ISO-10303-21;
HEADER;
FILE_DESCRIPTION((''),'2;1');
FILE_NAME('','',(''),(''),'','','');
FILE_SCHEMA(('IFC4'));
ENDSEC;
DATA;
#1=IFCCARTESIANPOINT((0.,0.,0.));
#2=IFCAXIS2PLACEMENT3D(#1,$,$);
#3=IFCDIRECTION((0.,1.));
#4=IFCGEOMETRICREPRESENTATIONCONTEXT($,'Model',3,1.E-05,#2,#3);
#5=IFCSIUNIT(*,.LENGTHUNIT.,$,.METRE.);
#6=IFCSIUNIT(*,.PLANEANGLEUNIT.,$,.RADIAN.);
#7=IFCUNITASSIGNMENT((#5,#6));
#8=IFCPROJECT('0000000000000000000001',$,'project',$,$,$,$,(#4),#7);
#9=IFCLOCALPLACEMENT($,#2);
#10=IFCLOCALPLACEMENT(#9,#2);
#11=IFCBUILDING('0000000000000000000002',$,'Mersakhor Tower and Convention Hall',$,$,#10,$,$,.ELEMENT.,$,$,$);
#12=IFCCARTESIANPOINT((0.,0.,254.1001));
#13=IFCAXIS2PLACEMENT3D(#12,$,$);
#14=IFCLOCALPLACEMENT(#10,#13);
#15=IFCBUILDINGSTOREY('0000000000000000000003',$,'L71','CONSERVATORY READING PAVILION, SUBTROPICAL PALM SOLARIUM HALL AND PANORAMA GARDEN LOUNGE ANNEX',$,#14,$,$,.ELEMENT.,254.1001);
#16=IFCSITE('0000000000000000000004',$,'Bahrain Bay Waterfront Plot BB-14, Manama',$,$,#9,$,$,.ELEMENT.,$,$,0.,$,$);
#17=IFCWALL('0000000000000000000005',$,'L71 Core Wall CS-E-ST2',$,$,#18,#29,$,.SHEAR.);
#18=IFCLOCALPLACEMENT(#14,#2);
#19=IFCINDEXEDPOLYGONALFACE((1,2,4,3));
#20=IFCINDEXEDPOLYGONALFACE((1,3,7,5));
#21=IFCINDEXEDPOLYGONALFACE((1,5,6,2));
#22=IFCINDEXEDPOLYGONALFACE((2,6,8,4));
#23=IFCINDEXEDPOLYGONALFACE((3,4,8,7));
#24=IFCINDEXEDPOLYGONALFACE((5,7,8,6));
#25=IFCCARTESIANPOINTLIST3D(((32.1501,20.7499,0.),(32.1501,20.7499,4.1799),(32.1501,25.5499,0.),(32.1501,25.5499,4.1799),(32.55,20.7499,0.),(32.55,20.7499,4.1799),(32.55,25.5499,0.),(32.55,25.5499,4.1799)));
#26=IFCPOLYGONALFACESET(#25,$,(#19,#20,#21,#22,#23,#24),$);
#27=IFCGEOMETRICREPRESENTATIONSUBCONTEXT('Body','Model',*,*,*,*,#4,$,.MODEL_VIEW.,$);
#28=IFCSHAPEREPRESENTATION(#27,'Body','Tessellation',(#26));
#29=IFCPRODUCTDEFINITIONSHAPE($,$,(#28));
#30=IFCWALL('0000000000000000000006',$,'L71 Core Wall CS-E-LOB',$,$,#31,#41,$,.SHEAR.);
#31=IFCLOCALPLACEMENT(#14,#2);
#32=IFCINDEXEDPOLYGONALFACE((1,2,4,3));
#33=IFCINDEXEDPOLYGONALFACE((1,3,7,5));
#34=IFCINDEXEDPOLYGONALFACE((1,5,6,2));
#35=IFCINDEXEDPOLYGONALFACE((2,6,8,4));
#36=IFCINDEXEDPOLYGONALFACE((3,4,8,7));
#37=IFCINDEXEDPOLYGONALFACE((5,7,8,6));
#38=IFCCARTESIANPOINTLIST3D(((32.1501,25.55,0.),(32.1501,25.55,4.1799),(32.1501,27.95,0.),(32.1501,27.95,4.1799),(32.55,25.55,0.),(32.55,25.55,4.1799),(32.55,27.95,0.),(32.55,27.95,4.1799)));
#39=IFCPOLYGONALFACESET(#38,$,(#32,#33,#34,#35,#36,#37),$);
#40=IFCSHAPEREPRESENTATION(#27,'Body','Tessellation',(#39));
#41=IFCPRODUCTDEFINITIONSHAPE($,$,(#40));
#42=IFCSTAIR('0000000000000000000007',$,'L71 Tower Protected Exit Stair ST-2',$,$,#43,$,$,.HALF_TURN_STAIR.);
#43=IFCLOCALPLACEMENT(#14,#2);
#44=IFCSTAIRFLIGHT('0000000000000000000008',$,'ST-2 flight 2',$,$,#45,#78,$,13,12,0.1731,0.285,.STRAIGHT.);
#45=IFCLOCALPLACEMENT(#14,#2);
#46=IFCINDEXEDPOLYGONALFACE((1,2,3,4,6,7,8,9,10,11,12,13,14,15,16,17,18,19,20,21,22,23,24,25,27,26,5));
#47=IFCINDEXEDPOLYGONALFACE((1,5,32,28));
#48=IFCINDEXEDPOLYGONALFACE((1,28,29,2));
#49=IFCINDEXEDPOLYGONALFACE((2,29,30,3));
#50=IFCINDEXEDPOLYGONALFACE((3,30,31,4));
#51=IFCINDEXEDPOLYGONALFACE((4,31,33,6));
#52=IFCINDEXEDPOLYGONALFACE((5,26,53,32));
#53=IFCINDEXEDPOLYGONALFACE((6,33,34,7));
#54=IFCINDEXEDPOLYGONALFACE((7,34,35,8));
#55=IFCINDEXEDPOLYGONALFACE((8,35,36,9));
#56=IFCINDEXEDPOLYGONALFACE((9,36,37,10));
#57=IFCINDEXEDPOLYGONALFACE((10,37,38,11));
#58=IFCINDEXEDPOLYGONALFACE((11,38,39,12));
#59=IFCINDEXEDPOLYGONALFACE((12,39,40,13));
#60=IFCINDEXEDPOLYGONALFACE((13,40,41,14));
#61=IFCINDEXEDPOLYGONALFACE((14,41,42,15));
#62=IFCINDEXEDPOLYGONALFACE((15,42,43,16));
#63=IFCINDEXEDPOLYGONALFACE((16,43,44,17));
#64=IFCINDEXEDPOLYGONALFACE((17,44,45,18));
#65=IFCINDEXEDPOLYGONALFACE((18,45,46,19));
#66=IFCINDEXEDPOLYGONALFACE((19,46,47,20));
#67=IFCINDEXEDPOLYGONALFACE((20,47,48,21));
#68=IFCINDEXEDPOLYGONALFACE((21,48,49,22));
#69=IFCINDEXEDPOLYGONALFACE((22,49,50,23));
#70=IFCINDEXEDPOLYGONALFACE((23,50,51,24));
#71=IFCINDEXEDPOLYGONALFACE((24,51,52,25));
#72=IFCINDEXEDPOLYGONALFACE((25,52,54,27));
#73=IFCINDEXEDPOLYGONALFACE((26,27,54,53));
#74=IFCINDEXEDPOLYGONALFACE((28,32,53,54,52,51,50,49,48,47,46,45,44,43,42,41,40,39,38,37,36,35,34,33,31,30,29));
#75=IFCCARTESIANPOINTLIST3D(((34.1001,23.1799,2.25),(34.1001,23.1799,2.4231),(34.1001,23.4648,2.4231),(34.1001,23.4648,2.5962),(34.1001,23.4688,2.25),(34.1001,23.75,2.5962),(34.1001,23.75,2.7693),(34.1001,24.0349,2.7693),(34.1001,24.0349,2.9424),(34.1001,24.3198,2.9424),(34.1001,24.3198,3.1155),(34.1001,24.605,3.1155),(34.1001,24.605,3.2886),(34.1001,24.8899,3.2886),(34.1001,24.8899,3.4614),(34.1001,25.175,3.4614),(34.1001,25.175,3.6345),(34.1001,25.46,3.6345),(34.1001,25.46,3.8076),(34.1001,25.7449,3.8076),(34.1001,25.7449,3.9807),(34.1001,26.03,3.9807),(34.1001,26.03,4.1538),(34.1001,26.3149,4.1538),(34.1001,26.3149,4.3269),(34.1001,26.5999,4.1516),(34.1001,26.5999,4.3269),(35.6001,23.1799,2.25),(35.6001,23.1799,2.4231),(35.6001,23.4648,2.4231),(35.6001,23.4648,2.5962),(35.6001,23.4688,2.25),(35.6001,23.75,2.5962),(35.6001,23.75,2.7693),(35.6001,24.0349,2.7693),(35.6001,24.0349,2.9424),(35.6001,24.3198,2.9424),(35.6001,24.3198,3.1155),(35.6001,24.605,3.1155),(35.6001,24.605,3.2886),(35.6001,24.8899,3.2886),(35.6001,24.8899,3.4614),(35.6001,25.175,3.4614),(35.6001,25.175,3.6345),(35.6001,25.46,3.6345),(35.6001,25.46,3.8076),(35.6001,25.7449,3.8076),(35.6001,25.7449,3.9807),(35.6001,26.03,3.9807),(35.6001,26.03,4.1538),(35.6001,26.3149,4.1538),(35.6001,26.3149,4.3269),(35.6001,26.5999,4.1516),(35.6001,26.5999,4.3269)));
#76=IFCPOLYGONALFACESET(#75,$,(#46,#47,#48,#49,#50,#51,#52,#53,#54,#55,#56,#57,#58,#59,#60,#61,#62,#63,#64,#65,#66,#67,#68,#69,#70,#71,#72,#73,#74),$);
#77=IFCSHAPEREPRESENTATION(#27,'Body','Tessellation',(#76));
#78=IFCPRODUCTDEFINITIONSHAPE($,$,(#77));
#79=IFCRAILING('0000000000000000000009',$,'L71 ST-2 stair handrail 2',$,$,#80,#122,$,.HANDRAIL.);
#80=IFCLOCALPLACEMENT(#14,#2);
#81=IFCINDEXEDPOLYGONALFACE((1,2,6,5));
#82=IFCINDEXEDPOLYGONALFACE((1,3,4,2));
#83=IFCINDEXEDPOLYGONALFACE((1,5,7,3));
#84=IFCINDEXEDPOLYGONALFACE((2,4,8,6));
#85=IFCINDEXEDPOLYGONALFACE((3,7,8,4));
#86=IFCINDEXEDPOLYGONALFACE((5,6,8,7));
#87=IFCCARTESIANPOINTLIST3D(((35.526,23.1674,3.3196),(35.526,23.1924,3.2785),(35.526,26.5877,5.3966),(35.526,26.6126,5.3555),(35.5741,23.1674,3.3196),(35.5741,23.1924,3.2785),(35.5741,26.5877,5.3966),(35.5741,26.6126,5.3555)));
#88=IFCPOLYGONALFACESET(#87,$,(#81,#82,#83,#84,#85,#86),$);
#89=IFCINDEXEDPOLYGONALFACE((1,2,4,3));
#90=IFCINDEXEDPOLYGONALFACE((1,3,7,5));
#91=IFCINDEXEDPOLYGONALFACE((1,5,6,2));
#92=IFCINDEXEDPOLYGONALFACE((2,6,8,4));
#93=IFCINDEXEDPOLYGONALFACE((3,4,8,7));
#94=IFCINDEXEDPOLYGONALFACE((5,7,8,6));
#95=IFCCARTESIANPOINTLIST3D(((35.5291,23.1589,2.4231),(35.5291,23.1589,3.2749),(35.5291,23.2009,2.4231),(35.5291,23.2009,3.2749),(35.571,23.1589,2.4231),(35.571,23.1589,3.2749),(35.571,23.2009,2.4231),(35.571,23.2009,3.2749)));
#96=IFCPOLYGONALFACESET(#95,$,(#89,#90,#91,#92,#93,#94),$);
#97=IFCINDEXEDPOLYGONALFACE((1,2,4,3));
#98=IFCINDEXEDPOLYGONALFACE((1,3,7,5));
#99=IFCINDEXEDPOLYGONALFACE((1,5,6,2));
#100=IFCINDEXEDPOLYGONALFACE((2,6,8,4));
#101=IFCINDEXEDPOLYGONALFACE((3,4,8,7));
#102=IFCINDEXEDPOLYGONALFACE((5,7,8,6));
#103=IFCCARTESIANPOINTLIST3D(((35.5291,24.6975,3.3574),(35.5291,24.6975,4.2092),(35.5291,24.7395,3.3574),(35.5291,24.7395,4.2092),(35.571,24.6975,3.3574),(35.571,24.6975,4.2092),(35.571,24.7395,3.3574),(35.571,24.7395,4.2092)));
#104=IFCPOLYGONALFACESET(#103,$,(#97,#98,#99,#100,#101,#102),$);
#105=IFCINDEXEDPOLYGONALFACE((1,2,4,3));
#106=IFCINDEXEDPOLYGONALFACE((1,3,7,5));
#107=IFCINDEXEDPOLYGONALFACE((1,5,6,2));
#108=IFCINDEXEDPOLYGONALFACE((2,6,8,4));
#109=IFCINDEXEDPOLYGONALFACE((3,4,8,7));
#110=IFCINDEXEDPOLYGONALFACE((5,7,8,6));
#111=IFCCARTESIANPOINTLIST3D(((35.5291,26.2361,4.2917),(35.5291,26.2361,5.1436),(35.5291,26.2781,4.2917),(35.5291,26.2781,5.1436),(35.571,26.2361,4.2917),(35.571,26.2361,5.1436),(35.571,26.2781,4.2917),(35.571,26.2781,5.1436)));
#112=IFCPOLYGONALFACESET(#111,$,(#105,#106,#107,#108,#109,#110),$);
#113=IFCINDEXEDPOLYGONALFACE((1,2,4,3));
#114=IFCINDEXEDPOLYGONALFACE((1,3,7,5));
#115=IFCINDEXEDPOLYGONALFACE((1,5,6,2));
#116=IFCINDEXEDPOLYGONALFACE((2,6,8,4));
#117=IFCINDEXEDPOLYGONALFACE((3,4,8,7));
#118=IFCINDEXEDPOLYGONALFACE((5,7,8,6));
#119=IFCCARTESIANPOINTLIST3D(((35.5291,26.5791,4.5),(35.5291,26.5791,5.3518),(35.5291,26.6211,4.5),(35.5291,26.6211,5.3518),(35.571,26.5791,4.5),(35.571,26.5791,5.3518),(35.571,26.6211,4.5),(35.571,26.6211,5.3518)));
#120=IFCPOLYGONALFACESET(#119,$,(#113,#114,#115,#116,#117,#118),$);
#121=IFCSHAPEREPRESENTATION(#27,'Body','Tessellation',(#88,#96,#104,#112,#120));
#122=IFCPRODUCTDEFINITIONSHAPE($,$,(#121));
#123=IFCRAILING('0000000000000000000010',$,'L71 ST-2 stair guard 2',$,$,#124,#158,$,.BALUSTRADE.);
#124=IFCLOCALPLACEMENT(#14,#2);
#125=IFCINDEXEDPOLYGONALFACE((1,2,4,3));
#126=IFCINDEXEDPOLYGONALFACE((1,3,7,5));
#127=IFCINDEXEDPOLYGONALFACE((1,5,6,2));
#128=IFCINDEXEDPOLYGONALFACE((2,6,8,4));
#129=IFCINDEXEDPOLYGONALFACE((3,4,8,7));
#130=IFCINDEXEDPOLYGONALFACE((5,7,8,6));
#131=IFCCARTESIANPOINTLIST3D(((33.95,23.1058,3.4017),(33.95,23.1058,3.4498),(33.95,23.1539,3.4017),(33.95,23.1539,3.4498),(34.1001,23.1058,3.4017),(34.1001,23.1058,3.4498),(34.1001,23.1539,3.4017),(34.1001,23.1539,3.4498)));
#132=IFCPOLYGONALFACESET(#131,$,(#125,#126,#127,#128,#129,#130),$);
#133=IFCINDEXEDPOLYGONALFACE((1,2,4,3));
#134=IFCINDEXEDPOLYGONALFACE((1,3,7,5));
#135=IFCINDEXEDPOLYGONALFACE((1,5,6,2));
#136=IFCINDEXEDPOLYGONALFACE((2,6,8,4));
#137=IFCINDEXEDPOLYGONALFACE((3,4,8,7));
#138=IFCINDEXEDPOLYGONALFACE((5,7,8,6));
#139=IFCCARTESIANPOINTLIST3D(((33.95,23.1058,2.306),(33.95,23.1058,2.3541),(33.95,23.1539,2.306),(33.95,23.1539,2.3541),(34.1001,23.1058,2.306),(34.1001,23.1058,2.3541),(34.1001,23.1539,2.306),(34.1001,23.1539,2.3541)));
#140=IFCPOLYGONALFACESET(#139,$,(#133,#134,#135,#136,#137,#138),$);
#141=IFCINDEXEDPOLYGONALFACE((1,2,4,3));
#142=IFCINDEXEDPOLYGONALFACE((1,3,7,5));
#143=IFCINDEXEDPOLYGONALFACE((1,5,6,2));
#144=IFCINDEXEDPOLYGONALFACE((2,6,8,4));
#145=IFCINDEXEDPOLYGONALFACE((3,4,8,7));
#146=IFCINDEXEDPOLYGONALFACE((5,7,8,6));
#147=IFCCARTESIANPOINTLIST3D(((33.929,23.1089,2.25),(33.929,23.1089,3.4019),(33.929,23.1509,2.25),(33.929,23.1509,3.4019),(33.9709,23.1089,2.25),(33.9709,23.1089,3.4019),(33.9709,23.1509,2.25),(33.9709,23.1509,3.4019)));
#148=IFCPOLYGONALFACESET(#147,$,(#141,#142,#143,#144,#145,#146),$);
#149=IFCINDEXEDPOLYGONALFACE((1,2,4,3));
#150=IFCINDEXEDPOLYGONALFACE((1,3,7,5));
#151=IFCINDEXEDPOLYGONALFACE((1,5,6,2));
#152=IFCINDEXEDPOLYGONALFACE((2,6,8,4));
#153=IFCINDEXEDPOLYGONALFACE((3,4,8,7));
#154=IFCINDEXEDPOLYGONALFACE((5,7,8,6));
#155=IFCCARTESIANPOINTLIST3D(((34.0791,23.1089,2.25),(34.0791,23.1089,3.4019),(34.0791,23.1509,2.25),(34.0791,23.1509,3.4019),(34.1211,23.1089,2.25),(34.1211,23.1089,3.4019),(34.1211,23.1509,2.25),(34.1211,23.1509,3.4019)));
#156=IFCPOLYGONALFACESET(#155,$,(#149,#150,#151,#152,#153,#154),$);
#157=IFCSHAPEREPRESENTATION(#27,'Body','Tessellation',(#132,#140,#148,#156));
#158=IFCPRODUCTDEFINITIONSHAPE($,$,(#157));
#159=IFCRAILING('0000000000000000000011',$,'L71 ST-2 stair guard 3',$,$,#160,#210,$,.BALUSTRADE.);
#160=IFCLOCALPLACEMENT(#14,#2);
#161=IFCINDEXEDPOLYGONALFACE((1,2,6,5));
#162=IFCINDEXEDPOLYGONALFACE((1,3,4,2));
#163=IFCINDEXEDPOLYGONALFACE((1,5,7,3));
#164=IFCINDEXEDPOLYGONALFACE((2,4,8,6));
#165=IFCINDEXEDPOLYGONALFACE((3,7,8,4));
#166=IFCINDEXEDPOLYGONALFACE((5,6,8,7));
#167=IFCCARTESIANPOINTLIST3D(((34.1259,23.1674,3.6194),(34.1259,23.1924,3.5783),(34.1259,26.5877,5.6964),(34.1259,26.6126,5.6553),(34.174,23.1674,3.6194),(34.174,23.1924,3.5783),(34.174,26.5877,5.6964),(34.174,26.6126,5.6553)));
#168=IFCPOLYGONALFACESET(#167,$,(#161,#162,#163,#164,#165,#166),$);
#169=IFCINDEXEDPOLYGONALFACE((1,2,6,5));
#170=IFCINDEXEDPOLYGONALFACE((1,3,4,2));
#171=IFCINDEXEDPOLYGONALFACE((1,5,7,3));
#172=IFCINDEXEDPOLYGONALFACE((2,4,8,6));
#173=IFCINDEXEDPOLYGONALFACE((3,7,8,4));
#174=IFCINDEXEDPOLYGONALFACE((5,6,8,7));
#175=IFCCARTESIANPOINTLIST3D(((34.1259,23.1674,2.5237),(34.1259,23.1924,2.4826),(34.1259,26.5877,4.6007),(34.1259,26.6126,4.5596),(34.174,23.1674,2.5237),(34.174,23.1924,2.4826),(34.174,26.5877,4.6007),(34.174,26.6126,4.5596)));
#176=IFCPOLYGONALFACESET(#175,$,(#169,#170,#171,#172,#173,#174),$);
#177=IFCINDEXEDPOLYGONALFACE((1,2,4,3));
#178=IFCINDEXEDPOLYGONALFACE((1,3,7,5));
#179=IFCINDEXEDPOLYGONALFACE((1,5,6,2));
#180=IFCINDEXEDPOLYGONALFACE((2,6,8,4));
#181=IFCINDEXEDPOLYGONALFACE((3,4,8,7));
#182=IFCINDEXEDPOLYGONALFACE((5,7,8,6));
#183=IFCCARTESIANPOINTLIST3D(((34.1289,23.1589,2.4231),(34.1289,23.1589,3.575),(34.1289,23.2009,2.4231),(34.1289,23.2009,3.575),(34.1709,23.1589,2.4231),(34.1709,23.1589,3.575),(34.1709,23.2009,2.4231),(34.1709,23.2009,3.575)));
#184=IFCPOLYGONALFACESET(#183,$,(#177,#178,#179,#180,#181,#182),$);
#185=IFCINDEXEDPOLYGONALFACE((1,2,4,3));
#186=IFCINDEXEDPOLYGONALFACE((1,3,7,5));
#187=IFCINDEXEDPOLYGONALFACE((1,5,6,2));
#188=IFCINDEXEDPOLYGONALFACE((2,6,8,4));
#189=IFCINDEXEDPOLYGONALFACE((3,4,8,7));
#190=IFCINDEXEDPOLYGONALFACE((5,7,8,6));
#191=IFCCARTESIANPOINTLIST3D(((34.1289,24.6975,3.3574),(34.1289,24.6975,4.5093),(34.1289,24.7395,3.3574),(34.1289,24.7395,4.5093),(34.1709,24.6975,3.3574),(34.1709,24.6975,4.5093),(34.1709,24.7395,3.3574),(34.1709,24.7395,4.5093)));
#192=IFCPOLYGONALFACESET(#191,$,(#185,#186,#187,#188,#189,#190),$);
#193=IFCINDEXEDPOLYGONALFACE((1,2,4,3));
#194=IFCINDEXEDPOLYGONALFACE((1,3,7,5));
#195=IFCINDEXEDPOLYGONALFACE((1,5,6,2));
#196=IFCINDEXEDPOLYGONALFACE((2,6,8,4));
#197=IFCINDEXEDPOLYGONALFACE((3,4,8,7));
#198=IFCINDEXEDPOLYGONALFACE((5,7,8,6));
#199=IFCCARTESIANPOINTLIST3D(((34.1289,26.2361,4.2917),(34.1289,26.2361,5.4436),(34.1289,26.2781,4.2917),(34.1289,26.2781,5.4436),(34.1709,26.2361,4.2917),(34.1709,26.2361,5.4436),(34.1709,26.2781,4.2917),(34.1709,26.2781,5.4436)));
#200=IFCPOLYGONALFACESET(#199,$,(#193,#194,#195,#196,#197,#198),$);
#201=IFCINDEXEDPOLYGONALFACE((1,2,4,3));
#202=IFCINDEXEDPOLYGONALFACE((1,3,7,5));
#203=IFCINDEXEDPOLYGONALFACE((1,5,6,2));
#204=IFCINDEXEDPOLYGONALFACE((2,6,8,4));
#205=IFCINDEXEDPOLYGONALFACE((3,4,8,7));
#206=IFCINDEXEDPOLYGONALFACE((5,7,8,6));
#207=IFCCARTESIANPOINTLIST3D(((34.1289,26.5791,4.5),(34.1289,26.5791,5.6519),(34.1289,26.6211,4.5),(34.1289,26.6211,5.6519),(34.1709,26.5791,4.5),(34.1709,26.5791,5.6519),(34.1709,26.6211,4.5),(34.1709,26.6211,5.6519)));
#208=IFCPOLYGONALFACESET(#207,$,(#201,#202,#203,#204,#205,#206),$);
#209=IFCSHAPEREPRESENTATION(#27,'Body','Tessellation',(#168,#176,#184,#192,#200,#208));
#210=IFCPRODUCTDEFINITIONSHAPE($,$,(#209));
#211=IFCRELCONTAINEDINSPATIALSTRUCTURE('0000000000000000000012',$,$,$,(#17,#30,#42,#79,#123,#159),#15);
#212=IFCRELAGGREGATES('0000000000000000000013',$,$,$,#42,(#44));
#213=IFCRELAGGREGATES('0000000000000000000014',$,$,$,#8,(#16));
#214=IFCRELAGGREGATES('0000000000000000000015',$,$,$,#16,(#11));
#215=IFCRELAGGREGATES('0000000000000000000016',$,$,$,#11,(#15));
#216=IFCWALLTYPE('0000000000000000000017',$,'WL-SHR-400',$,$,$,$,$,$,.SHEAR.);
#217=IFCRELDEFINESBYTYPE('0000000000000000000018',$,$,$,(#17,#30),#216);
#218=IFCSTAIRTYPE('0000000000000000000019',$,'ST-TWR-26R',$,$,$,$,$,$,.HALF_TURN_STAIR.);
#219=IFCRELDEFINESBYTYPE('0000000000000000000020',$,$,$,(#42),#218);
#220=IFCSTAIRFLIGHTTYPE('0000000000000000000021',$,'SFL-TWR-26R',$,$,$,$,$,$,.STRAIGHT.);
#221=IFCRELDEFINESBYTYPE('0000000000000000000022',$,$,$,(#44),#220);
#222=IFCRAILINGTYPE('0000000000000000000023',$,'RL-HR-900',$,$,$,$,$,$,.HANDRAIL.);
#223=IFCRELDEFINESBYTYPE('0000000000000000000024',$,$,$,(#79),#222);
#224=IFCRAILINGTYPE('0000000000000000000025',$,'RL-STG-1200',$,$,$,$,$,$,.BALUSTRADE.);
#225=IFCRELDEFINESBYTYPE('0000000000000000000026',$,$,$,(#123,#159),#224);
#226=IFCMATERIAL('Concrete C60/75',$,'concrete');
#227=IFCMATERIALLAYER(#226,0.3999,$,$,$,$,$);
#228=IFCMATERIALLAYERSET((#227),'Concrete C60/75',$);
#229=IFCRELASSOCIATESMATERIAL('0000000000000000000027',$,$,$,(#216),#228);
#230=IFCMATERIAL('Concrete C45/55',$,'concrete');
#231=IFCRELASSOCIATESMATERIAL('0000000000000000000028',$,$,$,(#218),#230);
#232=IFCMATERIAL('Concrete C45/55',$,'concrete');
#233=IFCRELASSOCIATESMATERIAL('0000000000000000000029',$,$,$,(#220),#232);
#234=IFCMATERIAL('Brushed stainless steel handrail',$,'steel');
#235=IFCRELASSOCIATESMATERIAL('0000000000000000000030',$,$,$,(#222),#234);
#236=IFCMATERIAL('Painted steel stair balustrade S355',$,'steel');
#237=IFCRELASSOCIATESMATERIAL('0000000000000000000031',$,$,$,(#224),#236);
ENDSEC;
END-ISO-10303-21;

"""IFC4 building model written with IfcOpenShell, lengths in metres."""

from ifc_helpers import new_model, si_unit, direction, frame, frame_2d, origin, origin_2d, place, context, subcontext, project, spatial, polyline, rectangle, outline, extrude, material, layer, layer_set, type_object, element, aggregate, save


model = new_model("IFC4")

# Units and contexts
model_context = context("Model", 3, precision=1e-05, world=origin(), true_north=direction((0.0, 1.0)))
body_context = subcontext(model_context, "Body", "Model", "MODEL_VIEW")
ifc_project = project(units=[si_unit("LENGTHUNIT", "METRE"), si_unit("PLANEANGLEUNIT", "RADIAN")], contexts=[model_context])

# Site, building, storey
site_placement = place(None, origin())
site = spatial("IfcSite", under=ifc_project, at=site_placement, Name="Bahrain Bay Waterfront Plot BB-14, Manama", CompositionType="ELEMENT", RefElevation=0.0)
building_placement = place(site_placement, origin())
building = spatial("IfcBuilding", under=site, at=building_placement, Name="Mersakhor Tower and Convention Hall", CompositionType="ELEMENT")
storey_placement = place(building_placement, frame((0.0, 0.0, 254.1001)))
storey = spatial("IfcBuildingStorey", under=building, at=storey_placement, Name="L71", Description="CONSERVATORY READING PAVILION, SUBTROPICAL PALM SOLARIUM HALL AND PANORAMA GARDEN LOUNGE ANNEX", CompositionType="ELEMENT", Elevation=254.1001)

# Shared definitions
ifc_material_1 = material(Name="Concrete C60/75", Category="concrete")
ifc_layer_1 = layer(ifc_material_1, 0.3999)
ifc_layer_set_1 = layer_set([ifc_layer_1], Name="Concrete C60/75")
wall_type_1 = type_object("IfcWallType", Name="WL-SHR-400", PredefinedType="SHEAR", material=ifc_layer_set_1)

# Walls
wall_1_placement = place(storey_placement, frame((32.3501, 20.75, 0.0), z_axis=(0.0, 0.0, 1.0), x_axis=(0.0, 1.0, 0.0)))
element("IfcWall", 1, at=wall_1_placement, inside=storey, type_object=wall_type_1, Name="L71 Core Wall CS-E-ST2", PredefinedType="SHEAR", context=body_context, shape_type="SweptSolid", body=[
    extrude(rectangle(XDim=4.8, YDim=0.3999, at=frame_2d((2.3999, 0.0))), origin(), (0.0, 0.0, 1.0), 4.1799),
])
wall_2_placement = place(storey_placement, frame((32.3501, 25.55, 0.0), z_axis=(0.0, 0.0, 1.0), x_axis=(0.0, 1.0, 0.0)))
element("IfcWall", 2, at=wall_2_placement, inside=storey, type_object=wall_type_1, Name="L71 Core Wall CS-E-LOB", PredefinedType="SHEAR", context=body_context, shape_type="SweptSolid", body=[
    extrude(rectangle(XDim=2.3999, YDim=0.3999, at=frame_2d((1.2, 0.0))), origin(), (0.0, 0.0, 1.0), 4.1799),
])

# Stair, stair flight
ifc_material_2 = material(Name="Concrete C45/55", Category="concrete")
stair_type = type_object("IfcStairType", Name="ST-TWR-26R", PredefinedType="HALF_TURN_STAIR", material=ifc_material_2)
stair_placement = place(storey_placement, origin())
stair = element("IfcStair", 3, at=stair_placement, inside=storey, type_object=stair_type, Name="L71 Tower Protected Exit Stair ST-2", PredefinedType="HALF_TURN_STAIR")
ifc_material_3 = material(Name="Concrete C45/55", Category="concrete")
stair_flight_type = type_object("IfcStairFlightType", Name="SFL-TWR-26R", PredefinedType="STRAIGHT", material=ifc_material_3)
stair_flight_placement = place(storey_placement, frame((34.8501, 23.1799, 2.25), z_axis=(0.0, 0.0, 1.0), x_axis=(0.0, 1.0, 0.0)))
stair_flight = element("IfcStairFlight", 4, at=stair_flight_placement, type_object=stair_flight_type, Name="ST-2 flight 2", NumberOfRisers=13, NumberOfTreads=12, PredefinedType="STRAIGHT", RiserHeight=0.1731, TreadLength=0.285, context=body_context, shape_type="SweptSolid", body=[
    extrude(outline(polyline([(0.0, 0.0), (0.0, 0.1731), (0.2849, 0.1731), (0.2849, 0.3462), (0.5701, 0.3462), (0.5701, 0.5193), (0.855, 0.5193), (0.855, 0.6924), (1.1399, 0.6924), (1.1399, 0.8655), (1.425, 0.8655), (1.425, 1.0386), (1.71, 1.0386), (1.71, 1.2114), (1.9951, 1.2114), (1.9951, 1.3845), (2.28, 1.3845), (2.28, 1.5576), (2.5649, 1.5576), (2.5649, 1.7307), (2.8501, 1.7307), (2.8501, 1.9038), (3.135, 1.9038), (3.135, 2.0769), (3.4199, 2.0769), (3.4199, 2.25), (3.4199, 1.9016), (0.2888, 0.0), (0.0, 0.0)])), frame((0.0, 0.75, 0.0), z_axis=(0.0, -1.0, 0.0), x_axis=(1.0, 0.0, 0.0)), (0.0, 0.0, 1.0), 1.5),
])
aggregate(stair, [stair_flight])

# Railings
ifc_material_4 = material(Name="Brushed stainless steel handrail", Category="steel")
railing_type_1 = type_object("IfcRailingType", Name="RL-HR-900", PredefinedType="HANDRAIL", material=ifc_material_4)
railing_1_placement = place(storey_placement, frame((35.55, 23.1799, 2.4231)))
element("IfcRailing", 5, at=railing_1_placement, inside=storey, type_object=railing_type_1, Name="L71 ST-2 stair handrail 2", PredefinedType="HANDRAIL", context=body_context, shape_type="SweptSolid", body=[
    extrude(rectangle(XDim=0.0481, YDim=0.0481, at=origin_2d()), frame((0.0, 0.0, 0.876), z_axis=(0.0, 0.854746, 0.519047), x_axis=(-1.0, 0.0, 0.0)), (0.0, 0.0, 1.0), 4.0015),
    extrude(rectangle(XDim=0.042, YDim=0.042, at=origin_2d()), origin(), (0.0, 0.0, 1.0), 0.8518),
    extrude(rectangle(XDim=0.042, YDim=0.042, at=origin_2d()), frame((0.0, 1.5386, 0.9343)), (0.0, 0.0, 1.0), 0.8518),
    extrude(rectangle(XDim=0.042, YDim=0.042, at=origin_2d()), frame((0.0, 3.0771, 1.8687)), (0.0, 0.0, 1.0), 0.8518),
    extrude(rectangle(XDim=0.042, YDim=0.042, at=origin_2d()), frame((0.0, 3.4202, 2.0769)), (0.0, 0.0, 1.0), 0.8518),
])
ifc_material_5 = material(Name="Painted steel stair balustrade S355", Category="steel")
railing_type_2 = type_object("IfcRailingType", Name="RL-STG-1200", PredefinedType="BALUSTRADE", material=ifc_material_5)
railing_2_placement = place(storey_placement, frame((33.95, 23.1299, 2.25)))
element("IfcRailing", 6, at=railing_2_placement, inside=storey, type_object=railing_type_2, Name="L71 ST-2 stair guard 2", PredefinedType="BALUSTRADE", context=body_context, shape_type="SweptSolid", body=[
    extrude(rectangle(XDim=0.0481, YDim=0.0481, at=origin_2d()), frame((0.0, 0.0, 1.1758), z_axis=(1.0, 0.0, 0.0), x_axis=(0.0, 1.0, 0.0)), (0.0, 0.0, 1.0), 0.1501),
    extrude(rectangle(XDim=0.0481, YDim=0.0481, at=origin_2d()), frame((0.0, 0.0, 0.0801), z_axis=(1.0, 0.0, 0.0), x_axis=(0.0, 1.0, 0.0)), (0.0, 0.0, 1.0), 0.1501),
    extrude(rectangle(XDim=0.042, YDim=0.042, at=origin_2d()), origin(), (0.0, 0.0, 1.0), 1.1519),
    extrude(rectangle(XDim=0.042, YDim=0.042, at=origin_2d()), frame((0.1501, 0.0, 0.0)), (0.0, 0.0, 1.0), 1.1519),
])
railing_3_placement = place(storey_placement, frame((34.1499, 23.1799, 2.4231)))
element("IfcRailing", 7, at=railing_3_placement, inside=storey, type_object=railing_type_2, Name="L71 ST-2 stair guard 3", PredefinedType="BALUSTRADE", context=body_context, shape_type="SweptSolid", body=[
    extrude(rectangle(XDim=0.0481, YDim=0.0481, at=origin_2d()), frame((0.0, 0.0, 1.1758), z_axis=(0.0, 0.854746, 0.519047), x_axis=(-1.0, 0.0, 0.0)), (0.0, 0.0, 1.0), 4.0015),
    extrude(rectangle(XDim=0.0481, YDim=0.0481, at=origin_2d()), frame((0.0, 0.0, 0.0801), z_axis=(0.0, 0.854746, 0.519047), x_axis=(-1.0, 0.0, 0.0)), (0.0, 0.0, 1.0), 4.0015),
    extrude(rectangle(XDim=0.042, YDim=0.042, at=origin_2d()), origin(), (0.0, 0.0, 1.0), 1.1519),
    extrude(rectangle(XDim=0.042, YDim=0.042, at=origin_2d()), frame((0.0, 1.5386, 0.9343)), (0.0, 0.0, 1.0), 1.1519),
    extrude(rectangle(XDim=0.042, YDim=0.042, at=origin_2d()), frame((0.0, 3.0771, 1.8687)), (0.0, 0.0, 1.0), 1.1519),
    extrude(rectangle(XDim=0.042, YDim=0.042, at=origin_2d()), frame((0.0, 3.4202, 2.0769)), (0.0, 0.0, 1.0), 1.1519),
])

save(model, "model.ifc")
